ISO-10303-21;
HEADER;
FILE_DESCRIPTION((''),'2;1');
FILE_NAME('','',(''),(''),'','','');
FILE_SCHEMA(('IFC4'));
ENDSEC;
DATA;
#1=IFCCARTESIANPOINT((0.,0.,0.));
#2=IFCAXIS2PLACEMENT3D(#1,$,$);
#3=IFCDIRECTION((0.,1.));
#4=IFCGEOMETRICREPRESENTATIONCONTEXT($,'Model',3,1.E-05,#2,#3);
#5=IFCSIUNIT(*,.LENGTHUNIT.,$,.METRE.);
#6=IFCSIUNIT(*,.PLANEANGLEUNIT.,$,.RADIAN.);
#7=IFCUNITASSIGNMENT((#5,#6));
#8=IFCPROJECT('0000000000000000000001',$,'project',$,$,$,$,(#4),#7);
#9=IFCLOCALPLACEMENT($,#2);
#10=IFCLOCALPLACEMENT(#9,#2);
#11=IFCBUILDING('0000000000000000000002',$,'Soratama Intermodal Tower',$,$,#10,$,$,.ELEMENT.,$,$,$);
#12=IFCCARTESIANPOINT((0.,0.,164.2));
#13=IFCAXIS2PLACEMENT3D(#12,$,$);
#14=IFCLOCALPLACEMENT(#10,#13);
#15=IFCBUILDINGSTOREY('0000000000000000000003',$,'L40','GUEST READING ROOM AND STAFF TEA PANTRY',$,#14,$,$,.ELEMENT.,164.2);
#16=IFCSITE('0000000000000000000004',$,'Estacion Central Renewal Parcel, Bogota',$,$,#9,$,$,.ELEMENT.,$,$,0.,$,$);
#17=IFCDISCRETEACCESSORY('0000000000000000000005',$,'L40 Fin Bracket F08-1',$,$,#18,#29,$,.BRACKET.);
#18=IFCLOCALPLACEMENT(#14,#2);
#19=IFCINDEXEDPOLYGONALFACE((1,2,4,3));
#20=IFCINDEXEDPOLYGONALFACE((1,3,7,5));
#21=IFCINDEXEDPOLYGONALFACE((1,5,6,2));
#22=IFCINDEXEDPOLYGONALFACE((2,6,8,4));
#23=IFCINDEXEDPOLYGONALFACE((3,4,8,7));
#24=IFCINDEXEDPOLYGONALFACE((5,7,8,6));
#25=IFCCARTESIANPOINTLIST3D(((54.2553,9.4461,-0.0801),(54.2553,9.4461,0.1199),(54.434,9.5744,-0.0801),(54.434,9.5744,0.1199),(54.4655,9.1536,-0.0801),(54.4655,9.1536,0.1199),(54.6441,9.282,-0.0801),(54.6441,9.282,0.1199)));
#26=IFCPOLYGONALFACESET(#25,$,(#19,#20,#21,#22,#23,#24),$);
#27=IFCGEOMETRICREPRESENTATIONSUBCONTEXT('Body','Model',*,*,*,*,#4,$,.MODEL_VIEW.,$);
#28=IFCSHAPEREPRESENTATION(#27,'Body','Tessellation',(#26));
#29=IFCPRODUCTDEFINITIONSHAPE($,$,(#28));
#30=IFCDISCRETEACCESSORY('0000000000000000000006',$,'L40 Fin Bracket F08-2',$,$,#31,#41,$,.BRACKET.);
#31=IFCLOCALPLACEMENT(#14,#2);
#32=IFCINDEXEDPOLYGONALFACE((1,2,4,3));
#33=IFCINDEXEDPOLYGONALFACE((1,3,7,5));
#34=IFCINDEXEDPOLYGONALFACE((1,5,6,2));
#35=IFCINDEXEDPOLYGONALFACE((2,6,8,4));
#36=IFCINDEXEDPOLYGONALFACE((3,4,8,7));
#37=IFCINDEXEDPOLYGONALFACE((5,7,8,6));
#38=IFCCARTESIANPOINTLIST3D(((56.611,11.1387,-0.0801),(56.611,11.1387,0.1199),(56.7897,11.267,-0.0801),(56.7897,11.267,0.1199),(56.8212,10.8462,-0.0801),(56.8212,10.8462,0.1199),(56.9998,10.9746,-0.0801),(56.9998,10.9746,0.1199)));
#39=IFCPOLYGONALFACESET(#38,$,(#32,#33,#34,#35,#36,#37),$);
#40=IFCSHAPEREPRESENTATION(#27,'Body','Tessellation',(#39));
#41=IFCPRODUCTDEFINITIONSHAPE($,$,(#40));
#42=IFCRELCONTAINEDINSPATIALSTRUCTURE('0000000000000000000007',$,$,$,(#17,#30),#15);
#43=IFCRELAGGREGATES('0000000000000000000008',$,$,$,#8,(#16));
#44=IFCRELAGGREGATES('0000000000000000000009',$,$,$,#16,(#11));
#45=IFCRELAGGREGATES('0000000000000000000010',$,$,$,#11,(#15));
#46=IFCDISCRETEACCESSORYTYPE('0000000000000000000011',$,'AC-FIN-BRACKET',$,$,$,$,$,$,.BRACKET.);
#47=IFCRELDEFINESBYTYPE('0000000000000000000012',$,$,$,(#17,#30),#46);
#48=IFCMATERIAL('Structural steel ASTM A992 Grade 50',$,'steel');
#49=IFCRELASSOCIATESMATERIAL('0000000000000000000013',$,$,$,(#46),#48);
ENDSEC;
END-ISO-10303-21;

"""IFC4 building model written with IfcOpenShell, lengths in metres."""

from ifc_helpers import new_model, si_unit, direction, frame, origin, origin_2d, place, context, subcontext, project, spatial, rectangle, extrude, material, type_object, element, save


model = new_model("IFC4")

# Units and contexts
model_context = context("Model", 3, precision=1e-05, world=origin(), true_north=direction((0.0, 1.0)))
body_context = subcontext(model_context, "Body", "Model", "MODEL_VIEW")
ifc_project = project(units=[si_unit("LENGTHUNIT", "METRE"), si_unit("PLANEANGLEUNIT", "RADIAN")], contexts=[model_context])

# Site, building, storey
site_placement = place(None, origin())
site = spatial("IfcSite", under=ifc_project, at=site_placement, Name="Estacion Central Renewal Parcel, Bogota", CompositionType="ELEMENT", RefElevation=0.0)
building_placement = place(site_placement, origin())
building = spatial("IfcBuilding", under=site, at=building_placement, Name="Soratama Intermodal Tower", CompositionType="ELEMENT")
storey_placement = place(building_placement, frame((0.0, 0.0, 164.2)))
storey = spatial("IfcBuildingStorey", under=building, at=storey_placement, Name="L40", Description="GUEST READING ROOM AND STAFF TEA PANTRY", CompositionType="ELEMENT", Elevation=164.2)

# Discrete accessories
ifc_material_1 = material(Name="Structural steel ASTM A992 Grade 50", Category="steel")
discrete_accessory_type = type_object("IfcDiscreteAccessoryType", Name="AC-FIN-BRACKET", PredefinedType="BRACKET", material=ifc_material_1)
for number, where, z_axis, x_axis, name in (
    (1, (54.4497, 9.364, -0.0801), (0.0, 0.0, 1.0), (0.583541, -0.812084, 0.0), "L40 Fin Bracket F08-1"),
    (2, (56.8054, 11.0566, -0.0801), (0.0, 0.0, 1.0), (0.583541, -0.812084, 0.0), "L40 Fin Bracket F08-2"),
):
    element("IfcDiscreteAccessory", number, at=place(storey_placement, frame(where, z_axis=z_axis, x_axis=x_axis)), inside=storey, type_object=discrete_accessory_type, Name=name, PredefinedType="BRACKET", context=body_context, shape_type="SweptSolid", body=[
        extrude(rectangle(XDim=0.3601, YDim=0.22, at=origin_2d()), origin(), (0.0, 0.0, 1.0), 0.2),
    ])

save(model, "model.ifc")
